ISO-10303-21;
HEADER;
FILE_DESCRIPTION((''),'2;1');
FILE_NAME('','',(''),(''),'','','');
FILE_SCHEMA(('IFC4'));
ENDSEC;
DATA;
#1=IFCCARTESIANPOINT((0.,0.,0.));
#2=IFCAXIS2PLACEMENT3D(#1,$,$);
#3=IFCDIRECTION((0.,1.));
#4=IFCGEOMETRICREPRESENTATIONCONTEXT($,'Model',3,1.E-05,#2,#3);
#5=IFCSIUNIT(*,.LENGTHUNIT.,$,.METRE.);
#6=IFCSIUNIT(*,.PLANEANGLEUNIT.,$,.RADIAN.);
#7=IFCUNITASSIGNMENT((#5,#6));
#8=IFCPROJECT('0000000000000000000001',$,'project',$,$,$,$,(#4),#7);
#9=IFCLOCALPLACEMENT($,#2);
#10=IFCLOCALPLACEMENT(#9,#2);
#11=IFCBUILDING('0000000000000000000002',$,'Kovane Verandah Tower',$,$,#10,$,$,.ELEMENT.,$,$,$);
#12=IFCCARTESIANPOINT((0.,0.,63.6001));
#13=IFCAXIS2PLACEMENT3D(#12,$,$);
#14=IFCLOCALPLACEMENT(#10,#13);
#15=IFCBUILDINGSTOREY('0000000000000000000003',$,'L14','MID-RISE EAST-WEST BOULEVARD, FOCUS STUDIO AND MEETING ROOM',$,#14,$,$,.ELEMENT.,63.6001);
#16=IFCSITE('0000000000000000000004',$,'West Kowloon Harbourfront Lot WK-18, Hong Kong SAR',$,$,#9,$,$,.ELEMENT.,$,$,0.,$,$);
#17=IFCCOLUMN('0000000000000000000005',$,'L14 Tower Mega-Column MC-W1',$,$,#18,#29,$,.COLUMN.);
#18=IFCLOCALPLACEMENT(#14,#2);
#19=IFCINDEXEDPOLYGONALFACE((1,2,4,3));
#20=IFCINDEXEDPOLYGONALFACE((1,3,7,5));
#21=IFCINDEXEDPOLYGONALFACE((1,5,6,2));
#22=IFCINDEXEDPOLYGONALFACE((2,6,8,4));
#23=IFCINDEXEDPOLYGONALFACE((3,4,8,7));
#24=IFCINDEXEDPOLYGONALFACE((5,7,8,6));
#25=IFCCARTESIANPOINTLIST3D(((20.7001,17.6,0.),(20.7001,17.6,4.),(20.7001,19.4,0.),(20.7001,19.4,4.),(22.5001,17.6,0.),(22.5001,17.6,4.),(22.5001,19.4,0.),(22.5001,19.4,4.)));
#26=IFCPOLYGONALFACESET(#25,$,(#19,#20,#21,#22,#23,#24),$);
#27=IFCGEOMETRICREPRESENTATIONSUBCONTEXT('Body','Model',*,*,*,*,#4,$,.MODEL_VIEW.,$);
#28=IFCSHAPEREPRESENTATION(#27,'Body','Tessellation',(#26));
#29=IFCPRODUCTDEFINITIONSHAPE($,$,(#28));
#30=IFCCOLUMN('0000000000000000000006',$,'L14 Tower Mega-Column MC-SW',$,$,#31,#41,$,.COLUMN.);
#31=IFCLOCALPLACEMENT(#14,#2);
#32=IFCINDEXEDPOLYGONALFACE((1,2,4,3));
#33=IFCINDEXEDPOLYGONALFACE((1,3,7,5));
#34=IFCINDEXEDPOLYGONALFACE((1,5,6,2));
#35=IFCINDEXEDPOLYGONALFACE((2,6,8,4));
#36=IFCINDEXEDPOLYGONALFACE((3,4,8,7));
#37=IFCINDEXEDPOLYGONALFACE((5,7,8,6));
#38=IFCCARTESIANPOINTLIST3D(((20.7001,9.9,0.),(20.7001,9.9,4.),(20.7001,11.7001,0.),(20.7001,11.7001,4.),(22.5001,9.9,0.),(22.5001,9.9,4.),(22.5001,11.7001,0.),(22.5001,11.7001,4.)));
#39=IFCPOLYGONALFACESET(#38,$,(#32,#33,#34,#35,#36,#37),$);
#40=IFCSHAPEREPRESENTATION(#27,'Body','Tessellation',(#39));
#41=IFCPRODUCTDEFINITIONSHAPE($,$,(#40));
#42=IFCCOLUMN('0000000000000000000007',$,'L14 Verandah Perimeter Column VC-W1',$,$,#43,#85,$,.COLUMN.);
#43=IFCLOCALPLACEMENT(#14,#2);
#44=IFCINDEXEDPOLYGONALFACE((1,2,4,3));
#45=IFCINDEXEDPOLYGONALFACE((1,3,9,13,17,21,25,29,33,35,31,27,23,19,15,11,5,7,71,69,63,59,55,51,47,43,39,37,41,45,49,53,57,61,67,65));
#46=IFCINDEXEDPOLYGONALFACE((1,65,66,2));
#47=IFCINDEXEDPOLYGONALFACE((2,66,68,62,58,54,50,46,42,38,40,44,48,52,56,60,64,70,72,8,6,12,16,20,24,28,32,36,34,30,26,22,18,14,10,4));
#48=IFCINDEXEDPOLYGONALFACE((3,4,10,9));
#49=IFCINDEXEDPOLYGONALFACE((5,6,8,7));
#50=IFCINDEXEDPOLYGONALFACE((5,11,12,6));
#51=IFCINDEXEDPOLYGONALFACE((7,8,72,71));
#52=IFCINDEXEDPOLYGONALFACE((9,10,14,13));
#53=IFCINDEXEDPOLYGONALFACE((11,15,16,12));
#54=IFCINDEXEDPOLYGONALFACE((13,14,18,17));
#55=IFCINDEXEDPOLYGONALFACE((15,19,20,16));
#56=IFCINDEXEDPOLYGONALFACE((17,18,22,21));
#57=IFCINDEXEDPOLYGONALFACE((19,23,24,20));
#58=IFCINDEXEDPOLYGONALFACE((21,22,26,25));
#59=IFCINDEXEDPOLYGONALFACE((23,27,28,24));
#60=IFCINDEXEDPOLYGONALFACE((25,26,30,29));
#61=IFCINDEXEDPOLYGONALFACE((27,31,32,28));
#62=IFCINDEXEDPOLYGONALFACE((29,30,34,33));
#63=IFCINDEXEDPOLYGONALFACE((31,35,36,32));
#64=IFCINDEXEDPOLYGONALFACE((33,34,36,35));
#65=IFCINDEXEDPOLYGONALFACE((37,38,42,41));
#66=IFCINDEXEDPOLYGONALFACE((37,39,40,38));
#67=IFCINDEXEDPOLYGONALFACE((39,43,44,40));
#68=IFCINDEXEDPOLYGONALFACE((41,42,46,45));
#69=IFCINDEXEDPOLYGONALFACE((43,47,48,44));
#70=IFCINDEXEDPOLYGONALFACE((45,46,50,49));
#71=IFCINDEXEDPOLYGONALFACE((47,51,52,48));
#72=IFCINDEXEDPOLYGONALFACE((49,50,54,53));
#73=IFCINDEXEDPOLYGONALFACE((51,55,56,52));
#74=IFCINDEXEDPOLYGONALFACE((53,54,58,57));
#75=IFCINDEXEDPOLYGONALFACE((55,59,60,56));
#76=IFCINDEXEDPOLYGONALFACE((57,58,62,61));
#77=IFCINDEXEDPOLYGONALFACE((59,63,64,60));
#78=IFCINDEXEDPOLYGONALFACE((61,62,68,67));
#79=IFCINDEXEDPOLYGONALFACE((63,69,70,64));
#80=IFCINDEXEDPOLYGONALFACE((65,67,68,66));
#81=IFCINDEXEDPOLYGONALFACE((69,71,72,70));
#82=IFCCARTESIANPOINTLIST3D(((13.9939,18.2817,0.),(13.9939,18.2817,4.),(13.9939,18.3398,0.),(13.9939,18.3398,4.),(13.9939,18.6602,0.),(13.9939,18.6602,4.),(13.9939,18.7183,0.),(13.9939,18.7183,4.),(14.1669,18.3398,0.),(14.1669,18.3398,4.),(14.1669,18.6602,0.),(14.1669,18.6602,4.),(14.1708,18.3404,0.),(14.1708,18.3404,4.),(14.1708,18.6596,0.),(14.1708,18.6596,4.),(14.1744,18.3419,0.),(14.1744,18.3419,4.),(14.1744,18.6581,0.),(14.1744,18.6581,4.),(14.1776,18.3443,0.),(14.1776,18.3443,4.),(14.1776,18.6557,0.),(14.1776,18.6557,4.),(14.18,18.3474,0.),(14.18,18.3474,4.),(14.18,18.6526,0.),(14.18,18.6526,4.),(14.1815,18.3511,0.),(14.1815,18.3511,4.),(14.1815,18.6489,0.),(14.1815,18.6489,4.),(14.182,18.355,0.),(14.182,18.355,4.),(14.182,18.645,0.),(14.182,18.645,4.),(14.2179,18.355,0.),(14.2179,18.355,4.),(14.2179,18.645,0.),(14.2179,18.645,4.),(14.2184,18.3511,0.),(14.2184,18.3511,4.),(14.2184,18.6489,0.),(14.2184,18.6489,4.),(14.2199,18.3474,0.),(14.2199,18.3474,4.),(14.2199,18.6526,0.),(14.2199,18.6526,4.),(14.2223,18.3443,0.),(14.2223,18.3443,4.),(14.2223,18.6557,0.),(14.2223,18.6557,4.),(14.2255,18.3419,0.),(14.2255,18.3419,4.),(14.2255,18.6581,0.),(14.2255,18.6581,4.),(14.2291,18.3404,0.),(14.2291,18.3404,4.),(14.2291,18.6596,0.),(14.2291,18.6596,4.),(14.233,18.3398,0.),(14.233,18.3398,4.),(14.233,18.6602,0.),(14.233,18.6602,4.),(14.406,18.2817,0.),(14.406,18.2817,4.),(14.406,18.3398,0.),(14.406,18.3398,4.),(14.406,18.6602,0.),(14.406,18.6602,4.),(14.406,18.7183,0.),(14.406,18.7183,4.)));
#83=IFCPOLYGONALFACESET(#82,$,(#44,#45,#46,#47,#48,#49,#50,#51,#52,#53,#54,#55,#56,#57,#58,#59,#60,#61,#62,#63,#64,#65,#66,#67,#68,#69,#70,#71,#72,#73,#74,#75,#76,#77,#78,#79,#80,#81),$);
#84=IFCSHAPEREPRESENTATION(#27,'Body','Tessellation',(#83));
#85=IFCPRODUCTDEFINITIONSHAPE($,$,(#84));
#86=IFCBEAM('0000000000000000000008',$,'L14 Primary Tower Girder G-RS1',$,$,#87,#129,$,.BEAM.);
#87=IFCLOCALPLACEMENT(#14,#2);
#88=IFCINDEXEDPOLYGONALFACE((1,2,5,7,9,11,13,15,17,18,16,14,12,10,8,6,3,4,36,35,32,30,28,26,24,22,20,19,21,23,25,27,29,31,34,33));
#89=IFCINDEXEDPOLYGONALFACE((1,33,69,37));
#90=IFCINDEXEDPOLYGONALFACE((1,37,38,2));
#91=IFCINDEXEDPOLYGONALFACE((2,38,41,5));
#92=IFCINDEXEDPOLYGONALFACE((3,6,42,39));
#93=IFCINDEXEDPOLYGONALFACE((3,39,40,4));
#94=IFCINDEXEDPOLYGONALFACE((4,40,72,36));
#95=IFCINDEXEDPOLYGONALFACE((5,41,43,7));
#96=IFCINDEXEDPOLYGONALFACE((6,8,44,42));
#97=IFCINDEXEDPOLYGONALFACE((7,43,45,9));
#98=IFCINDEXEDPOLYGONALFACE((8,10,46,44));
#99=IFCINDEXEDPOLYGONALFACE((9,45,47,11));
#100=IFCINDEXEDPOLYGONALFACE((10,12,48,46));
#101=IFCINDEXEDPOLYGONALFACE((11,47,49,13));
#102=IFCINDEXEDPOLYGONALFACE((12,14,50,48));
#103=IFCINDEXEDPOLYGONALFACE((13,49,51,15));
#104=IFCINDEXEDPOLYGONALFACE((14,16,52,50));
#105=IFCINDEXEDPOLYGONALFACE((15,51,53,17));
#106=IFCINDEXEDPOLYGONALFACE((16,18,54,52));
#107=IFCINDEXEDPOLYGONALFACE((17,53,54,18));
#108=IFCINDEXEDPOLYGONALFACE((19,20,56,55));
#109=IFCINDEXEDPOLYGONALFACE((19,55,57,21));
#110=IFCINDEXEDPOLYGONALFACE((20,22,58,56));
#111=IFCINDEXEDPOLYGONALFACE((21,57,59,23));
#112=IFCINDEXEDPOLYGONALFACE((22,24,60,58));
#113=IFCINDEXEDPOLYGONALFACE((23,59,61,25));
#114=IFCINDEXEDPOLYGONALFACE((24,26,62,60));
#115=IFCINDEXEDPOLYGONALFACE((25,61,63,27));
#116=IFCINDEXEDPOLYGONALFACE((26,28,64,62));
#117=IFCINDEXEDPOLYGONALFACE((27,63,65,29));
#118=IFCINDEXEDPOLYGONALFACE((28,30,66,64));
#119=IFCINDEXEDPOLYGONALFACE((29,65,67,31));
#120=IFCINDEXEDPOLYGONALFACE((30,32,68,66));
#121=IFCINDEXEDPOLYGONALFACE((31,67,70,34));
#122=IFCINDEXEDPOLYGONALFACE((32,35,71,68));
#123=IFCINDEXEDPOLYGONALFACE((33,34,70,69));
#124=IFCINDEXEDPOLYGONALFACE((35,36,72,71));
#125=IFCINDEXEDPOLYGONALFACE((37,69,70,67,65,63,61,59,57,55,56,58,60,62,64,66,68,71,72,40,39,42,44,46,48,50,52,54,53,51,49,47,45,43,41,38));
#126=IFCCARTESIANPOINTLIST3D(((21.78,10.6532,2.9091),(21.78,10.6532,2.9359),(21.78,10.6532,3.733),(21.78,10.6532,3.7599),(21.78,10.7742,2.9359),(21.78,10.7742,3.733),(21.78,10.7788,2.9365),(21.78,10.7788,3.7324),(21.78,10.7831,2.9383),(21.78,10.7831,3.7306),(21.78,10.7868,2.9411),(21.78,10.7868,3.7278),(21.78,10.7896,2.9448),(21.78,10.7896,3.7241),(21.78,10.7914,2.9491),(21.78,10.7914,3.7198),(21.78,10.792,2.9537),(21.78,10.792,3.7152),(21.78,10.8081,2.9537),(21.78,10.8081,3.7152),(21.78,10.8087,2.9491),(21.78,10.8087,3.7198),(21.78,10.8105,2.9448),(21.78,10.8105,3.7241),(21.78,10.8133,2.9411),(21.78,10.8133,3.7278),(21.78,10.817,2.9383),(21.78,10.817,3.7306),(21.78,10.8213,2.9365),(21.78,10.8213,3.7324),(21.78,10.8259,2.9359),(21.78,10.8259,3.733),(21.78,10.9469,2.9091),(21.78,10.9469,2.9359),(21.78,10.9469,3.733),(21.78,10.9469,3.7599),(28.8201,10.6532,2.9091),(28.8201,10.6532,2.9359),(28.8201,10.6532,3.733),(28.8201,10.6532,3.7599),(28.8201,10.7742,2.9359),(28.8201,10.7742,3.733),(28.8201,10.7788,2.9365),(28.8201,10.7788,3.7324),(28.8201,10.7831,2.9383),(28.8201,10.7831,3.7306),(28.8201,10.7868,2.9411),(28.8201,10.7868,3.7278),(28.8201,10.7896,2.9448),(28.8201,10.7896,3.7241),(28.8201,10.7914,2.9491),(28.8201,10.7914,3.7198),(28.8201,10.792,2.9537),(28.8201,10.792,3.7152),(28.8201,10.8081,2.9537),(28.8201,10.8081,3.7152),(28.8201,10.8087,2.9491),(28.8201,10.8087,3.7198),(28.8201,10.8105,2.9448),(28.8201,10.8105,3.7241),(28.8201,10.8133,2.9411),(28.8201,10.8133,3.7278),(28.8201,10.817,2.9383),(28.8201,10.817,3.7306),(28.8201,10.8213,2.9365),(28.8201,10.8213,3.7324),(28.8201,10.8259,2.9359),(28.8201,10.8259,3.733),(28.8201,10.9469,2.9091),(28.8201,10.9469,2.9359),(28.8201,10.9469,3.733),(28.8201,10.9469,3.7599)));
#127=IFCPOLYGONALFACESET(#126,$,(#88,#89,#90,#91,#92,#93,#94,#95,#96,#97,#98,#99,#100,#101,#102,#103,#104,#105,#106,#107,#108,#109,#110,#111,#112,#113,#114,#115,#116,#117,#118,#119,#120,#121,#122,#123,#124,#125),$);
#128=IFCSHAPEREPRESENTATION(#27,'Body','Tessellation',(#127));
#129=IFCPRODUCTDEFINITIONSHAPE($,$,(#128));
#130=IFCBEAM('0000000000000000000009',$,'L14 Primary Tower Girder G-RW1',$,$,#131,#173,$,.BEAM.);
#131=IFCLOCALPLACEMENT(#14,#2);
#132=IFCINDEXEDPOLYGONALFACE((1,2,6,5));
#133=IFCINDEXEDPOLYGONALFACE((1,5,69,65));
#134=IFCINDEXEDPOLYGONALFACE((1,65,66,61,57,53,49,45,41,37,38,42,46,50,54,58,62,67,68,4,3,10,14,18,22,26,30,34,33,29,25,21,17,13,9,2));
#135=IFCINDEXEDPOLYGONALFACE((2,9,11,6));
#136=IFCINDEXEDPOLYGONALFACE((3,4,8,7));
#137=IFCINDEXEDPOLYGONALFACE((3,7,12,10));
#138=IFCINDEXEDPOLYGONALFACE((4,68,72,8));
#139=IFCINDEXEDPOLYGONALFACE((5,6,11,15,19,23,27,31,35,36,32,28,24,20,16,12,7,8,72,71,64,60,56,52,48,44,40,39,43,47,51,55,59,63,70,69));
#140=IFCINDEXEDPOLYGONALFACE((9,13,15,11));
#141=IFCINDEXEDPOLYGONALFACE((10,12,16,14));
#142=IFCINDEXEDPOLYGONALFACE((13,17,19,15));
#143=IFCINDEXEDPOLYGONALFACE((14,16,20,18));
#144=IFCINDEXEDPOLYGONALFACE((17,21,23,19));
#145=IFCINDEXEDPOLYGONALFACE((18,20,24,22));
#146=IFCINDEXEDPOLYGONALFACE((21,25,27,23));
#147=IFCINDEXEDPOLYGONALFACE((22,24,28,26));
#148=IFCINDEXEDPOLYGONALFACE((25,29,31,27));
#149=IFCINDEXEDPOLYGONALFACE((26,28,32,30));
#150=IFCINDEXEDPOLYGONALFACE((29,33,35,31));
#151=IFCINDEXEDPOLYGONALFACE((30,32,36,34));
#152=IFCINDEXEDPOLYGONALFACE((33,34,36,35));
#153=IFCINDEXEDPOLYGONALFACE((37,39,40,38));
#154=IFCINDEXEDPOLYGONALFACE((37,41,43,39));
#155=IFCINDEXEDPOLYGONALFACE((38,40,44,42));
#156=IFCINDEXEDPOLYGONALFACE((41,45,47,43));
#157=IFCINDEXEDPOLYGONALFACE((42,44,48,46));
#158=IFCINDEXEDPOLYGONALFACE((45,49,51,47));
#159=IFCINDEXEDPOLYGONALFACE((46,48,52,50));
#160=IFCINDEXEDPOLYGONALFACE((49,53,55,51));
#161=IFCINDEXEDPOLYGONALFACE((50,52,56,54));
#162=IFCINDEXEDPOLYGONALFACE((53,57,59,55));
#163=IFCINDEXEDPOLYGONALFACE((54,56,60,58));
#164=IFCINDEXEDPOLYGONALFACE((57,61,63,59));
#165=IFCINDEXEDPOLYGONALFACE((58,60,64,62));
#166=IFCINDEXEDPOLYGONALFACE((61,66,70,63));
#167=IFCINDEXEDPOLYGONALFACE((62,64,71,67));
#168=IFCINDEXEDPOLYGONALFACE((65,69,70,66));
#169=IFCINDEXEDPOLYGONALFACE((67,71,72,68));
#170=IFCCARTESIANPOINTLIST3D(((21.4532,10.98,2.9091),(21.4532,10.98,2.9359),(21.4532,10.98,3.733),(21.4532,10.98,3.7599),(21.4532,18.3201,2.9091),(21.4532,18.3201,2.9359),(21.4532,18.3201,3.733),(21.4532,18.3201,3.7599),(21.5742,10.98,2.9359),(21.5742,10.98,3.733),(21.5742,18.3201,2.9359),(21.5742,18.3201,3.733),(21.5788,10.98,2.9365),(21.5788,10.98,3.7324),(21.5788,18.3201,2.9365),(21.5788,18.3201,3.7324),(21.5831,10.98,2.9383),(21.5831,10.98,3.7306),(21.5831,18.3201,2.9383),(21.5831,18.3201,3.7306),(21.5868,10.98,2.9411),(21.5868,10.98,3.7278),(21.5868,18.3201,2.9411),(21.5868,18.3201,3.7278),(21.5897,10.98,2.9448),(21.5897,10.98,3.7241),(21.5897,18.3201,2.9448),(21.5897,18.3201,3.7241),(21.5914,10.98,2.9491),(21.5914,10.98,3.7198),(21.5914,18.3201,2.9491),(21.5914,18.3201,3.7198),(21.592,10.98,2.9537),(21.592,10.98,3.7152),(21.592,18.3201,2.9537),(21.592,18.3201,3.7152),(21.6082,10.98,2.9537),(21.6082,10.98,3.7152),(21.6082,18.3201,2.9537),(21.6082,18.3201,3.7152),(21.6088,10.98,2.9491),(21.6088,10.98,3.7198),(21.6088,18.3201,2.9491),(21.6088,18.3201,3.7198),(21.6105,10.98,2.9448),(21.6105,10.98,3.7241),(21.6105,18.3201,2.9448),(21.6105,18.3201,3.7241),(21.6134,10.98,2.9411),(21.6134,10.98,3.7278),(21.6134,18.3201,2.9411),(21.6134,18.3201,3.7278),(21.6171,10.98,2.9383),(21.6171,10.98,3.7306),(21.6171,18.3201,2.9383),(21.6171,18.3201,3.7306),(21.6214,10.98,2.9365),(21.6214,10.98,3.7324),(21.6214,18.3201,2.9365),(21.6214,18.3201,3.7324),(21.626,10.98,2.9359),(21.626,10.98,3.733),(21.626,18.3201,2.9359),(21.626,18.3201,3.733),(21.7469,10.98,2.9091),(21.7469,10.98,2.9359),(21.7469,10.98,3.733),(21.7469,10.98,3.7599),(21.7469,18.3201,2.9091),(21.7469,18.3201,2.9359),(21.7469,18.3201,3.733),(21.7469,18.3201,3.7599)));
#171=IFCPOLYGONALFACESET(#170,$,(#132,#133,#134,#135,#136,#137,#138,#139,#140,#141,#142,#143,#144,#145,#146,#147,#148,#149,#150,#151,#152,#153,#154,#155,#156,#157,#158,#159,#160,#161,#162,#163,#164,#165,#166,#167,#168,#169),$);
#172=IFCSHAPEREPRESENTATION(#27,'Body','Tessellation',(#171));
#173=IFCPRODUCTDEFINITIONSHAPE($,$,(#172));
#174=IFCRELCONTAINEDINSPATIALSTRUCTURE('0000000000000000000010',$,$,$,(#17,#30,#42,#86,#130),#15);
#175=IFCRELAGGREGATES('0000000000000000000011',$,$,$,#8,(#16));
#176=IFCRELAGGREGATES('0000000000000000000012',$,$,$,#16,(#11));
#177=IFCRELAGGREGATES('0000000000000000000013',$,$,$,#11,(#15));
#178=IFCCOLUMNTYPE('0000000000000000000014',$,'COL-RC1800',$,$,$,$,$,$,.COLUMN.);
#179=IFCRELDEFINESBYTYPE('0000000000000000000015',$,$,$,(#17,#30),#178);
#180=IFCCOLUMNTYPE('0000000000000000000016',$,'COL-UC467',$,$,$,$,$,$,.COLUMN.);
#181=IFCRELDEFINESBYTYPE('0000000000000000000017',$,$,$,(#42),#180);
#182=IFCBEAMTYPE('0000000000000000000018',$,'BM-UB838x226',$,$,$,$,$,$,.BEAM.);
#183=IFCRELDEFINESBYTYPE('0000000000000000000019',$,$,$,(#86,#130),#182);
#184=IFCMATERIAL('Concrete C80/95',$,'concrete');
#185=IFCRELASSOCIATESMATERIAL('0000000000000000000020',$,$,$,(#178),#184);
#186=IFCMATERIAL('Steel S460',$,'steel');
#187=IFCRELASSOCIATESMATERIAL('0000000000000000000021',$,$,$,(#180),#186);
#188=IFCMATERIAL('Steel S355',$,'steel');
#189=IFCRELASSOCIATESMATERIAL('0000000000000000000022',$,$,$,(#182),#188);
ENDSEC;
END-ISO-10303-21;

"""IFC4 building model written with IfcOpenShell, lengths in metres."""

from ifc_helpers import new_model, si_unit, direction, frame, origin, origin_2d, place, context, subcontext, project, spatial, rectangle, i_section, extrude, material, material_profile, profile_set, type_object, element, save


model = new_model("IFC4")

# Units and contexts
model_context = context("Model", 3, precision=1e-05, world=origin(), true_north=direction((0.0, 1.0)))
body_context = subcontext(model_context, "Body", "Model", "MODEL_VIEW")
ifc_project = project(units=[si_unit("LENGTHUNIT", "METRE"), si_unit("PLANEANGLEUNIT", "RADIAN")], contexts=[model_context])

# Site, building, storey
site_placement = place(None, origin())
site = spatial("IfcSite", under=ifc_project, at=site_placement, Name="West Kowloon Harbourfront Lot WK-18, Hong Kong SAR", CompositionType="ELEMENT", RefElevation=0.0)
building_placement = place(site_placement, origin())
building = spatial("IfcBuilding", under=site, at=building_placement, Name="Kovane Verandah Tower", CompositionType="ELEMENT")
storey_placement = place(building_placement, frame((0.0, 0.0, 63.6001)))
storey = spatial("IfcBuildingStorey", under=building, at=storey_placement, Name="L14", Description="MID-RISE EAST-WEST BOULEVARD, FOCUS STUDIO AND MEETING ROOM", CompositionType="ELEMENT", Elevation=63.6001)

# Columns
ifc_material_1 = material(Name="Concrete C80/95", Category="concrete")
ifc_material_profile_1 = material_profile(ifc_material_1, rectangle(XDim=1.8, YDim=1.8, at=origin_2d()), Name="RC1800x1800")
ifc_profile_set_1 = profile_set([ifc_material_profile_1], Name="Concrete C80/95")
column_type_1 = type_object("IfcColumnType", Name="COL-RC1800", PredefinedType="COLUMN", material=ifc_profile_set_1)
for number, where, z_axis, x_axis, name in (
    (1, (21.6001, 18.5, 0.0), (0.0, 0.0, 1.0), (1.0, 0.0, 0.0), "L14 Tower Mega-Column MC-W1"),
    (2, (21.6001, 10.8, 0.0), (0.0, 0.0, 1.0), (1.0, 0.0, 0.0), "L14 Tower Mega-Column MC-SW"),
):
    element("IfcColumn", number, at=place(storey_placement, frame(where, z_axis=z_axis, x_axis=x_axis)), inside=storey, type_object=column_type_1, Name=name, PredefinedType="COLUMN", context=body_context, shape_type="SweptSolid", body=[
        extrude(rectangle(XDim=1.8, YDim=1.8, at=origin_2d()), origin(), (0.0, 0.0, 1.0), 4.0),
    ])
ifc_material_2 = material(Name="Steel S460", Category="steel")
ifc_material_profile_2 = material_profile(ifc_material_2, i_section(OverallWidth=0.4121, OverallDepth=0.4365, WebThickness=0.0359, FlangeThickness=0.0581, FilletRadius=0.0151, at=origin_2d()), Name="UC356x406x467")
ifc_profile_set_2 = profile_set([ifc_material_profile_2], Name="Steel S460")
column_type_2 = type_object("IfcColumnType", Name="COL-UC467", PredefinedType="COLUMN", material=ifc_profile_set_2)
column_placement = place(storey_placement, frame((14.2, 18.5, 0.0), z_axis=(0.0, 0.0, 1.0), x_axis=(1.0, 0.0, 0.0)))
element("IfcColumn", 3, at=column_placement, inside=storey, type_object=column_type_2, Name="L14 Verandah Perimeter Column VC-W1", PredefinedType="COLUMN", context=body_context, shape_type="SweptSolid", body=[
    extrude(i_section(OverallWidth=0.4121, OverallDepth=0.4365, WebThickness=0.0359, FlangeThickness=0.0581, FilletRadius=0.0151, at=origin_2d()), origin(), (0.0, 0.0, 1.0), 4.0),
])

# Beams
ifc_material_3 = material(Name="Steel S355", Category="steel")
ifc_material_profile_3 = material_profile(ifc_material_3, i_section(OverallWidth=0.2937, OverallDepth=0.8508, WebThickness=0.0161, FlangeThickness=0.0269, FilletRadius=0.0178, at=origin_2d()), Name="UB838x292x226")
ifc_profile_set_3 = profile_set([ifc_material_profile_3], Name="Steel S355")
beam_type_1 = type_object("IfcBeamType", Name="BM-UB838x226", PredefinedType="BEAM", material=ifc_profile_set_3)
beam_1_placement = place(storey_placement, frame((21.78, 10.8, 3.3345), z_axis=(1.0, 0.0, 0.0), x_axis=(0.0, 1.0, 0.0)))
element("IfcBeam", 4, at=beam_1_placement, inside=storey, type_object=beam_type_1, Name="L14 Primary Tower Girder G-RS1", PredefinedType="BEAM", context=body_context, shape_type="SweptSolid", body=[
    extrude(i_section(OverallWidth=0.2937, OverallDepth=0.8508, WebThickness=0.0161, FlangeThickness=0.0269, FilletRadius=0.0178, at=origin_2d()), origin(), (0.0, 0.0, 1.0), 7.04),
])
beam_2_placement = place(storey_placement, frame((21.6001, 10.98, 3.3345), z_axis=(0.0, 1.0, 0.0), x_axis=(-1.0, 0.0, 0.0)))
element("IfcBeam", 5, at=beam_2_placement, inside=storey, type_object=beam_type_1, Name="L14 Primary Tower Girder G-RW1", PredefinedType="BEAM", context=body_context, shape_type="SweptSolid", body=[
    extrude(i_section(OverallWidth=0.2937, OverallDepth=0.8508, WebThickness=0.0161, FlangeThickness=0.0269, FilletRadius=0.0178, at=origin_2d()), origin(), (0.0, 0.0, 1.0), 7.3401),
])

save(model, "model.ifc")
